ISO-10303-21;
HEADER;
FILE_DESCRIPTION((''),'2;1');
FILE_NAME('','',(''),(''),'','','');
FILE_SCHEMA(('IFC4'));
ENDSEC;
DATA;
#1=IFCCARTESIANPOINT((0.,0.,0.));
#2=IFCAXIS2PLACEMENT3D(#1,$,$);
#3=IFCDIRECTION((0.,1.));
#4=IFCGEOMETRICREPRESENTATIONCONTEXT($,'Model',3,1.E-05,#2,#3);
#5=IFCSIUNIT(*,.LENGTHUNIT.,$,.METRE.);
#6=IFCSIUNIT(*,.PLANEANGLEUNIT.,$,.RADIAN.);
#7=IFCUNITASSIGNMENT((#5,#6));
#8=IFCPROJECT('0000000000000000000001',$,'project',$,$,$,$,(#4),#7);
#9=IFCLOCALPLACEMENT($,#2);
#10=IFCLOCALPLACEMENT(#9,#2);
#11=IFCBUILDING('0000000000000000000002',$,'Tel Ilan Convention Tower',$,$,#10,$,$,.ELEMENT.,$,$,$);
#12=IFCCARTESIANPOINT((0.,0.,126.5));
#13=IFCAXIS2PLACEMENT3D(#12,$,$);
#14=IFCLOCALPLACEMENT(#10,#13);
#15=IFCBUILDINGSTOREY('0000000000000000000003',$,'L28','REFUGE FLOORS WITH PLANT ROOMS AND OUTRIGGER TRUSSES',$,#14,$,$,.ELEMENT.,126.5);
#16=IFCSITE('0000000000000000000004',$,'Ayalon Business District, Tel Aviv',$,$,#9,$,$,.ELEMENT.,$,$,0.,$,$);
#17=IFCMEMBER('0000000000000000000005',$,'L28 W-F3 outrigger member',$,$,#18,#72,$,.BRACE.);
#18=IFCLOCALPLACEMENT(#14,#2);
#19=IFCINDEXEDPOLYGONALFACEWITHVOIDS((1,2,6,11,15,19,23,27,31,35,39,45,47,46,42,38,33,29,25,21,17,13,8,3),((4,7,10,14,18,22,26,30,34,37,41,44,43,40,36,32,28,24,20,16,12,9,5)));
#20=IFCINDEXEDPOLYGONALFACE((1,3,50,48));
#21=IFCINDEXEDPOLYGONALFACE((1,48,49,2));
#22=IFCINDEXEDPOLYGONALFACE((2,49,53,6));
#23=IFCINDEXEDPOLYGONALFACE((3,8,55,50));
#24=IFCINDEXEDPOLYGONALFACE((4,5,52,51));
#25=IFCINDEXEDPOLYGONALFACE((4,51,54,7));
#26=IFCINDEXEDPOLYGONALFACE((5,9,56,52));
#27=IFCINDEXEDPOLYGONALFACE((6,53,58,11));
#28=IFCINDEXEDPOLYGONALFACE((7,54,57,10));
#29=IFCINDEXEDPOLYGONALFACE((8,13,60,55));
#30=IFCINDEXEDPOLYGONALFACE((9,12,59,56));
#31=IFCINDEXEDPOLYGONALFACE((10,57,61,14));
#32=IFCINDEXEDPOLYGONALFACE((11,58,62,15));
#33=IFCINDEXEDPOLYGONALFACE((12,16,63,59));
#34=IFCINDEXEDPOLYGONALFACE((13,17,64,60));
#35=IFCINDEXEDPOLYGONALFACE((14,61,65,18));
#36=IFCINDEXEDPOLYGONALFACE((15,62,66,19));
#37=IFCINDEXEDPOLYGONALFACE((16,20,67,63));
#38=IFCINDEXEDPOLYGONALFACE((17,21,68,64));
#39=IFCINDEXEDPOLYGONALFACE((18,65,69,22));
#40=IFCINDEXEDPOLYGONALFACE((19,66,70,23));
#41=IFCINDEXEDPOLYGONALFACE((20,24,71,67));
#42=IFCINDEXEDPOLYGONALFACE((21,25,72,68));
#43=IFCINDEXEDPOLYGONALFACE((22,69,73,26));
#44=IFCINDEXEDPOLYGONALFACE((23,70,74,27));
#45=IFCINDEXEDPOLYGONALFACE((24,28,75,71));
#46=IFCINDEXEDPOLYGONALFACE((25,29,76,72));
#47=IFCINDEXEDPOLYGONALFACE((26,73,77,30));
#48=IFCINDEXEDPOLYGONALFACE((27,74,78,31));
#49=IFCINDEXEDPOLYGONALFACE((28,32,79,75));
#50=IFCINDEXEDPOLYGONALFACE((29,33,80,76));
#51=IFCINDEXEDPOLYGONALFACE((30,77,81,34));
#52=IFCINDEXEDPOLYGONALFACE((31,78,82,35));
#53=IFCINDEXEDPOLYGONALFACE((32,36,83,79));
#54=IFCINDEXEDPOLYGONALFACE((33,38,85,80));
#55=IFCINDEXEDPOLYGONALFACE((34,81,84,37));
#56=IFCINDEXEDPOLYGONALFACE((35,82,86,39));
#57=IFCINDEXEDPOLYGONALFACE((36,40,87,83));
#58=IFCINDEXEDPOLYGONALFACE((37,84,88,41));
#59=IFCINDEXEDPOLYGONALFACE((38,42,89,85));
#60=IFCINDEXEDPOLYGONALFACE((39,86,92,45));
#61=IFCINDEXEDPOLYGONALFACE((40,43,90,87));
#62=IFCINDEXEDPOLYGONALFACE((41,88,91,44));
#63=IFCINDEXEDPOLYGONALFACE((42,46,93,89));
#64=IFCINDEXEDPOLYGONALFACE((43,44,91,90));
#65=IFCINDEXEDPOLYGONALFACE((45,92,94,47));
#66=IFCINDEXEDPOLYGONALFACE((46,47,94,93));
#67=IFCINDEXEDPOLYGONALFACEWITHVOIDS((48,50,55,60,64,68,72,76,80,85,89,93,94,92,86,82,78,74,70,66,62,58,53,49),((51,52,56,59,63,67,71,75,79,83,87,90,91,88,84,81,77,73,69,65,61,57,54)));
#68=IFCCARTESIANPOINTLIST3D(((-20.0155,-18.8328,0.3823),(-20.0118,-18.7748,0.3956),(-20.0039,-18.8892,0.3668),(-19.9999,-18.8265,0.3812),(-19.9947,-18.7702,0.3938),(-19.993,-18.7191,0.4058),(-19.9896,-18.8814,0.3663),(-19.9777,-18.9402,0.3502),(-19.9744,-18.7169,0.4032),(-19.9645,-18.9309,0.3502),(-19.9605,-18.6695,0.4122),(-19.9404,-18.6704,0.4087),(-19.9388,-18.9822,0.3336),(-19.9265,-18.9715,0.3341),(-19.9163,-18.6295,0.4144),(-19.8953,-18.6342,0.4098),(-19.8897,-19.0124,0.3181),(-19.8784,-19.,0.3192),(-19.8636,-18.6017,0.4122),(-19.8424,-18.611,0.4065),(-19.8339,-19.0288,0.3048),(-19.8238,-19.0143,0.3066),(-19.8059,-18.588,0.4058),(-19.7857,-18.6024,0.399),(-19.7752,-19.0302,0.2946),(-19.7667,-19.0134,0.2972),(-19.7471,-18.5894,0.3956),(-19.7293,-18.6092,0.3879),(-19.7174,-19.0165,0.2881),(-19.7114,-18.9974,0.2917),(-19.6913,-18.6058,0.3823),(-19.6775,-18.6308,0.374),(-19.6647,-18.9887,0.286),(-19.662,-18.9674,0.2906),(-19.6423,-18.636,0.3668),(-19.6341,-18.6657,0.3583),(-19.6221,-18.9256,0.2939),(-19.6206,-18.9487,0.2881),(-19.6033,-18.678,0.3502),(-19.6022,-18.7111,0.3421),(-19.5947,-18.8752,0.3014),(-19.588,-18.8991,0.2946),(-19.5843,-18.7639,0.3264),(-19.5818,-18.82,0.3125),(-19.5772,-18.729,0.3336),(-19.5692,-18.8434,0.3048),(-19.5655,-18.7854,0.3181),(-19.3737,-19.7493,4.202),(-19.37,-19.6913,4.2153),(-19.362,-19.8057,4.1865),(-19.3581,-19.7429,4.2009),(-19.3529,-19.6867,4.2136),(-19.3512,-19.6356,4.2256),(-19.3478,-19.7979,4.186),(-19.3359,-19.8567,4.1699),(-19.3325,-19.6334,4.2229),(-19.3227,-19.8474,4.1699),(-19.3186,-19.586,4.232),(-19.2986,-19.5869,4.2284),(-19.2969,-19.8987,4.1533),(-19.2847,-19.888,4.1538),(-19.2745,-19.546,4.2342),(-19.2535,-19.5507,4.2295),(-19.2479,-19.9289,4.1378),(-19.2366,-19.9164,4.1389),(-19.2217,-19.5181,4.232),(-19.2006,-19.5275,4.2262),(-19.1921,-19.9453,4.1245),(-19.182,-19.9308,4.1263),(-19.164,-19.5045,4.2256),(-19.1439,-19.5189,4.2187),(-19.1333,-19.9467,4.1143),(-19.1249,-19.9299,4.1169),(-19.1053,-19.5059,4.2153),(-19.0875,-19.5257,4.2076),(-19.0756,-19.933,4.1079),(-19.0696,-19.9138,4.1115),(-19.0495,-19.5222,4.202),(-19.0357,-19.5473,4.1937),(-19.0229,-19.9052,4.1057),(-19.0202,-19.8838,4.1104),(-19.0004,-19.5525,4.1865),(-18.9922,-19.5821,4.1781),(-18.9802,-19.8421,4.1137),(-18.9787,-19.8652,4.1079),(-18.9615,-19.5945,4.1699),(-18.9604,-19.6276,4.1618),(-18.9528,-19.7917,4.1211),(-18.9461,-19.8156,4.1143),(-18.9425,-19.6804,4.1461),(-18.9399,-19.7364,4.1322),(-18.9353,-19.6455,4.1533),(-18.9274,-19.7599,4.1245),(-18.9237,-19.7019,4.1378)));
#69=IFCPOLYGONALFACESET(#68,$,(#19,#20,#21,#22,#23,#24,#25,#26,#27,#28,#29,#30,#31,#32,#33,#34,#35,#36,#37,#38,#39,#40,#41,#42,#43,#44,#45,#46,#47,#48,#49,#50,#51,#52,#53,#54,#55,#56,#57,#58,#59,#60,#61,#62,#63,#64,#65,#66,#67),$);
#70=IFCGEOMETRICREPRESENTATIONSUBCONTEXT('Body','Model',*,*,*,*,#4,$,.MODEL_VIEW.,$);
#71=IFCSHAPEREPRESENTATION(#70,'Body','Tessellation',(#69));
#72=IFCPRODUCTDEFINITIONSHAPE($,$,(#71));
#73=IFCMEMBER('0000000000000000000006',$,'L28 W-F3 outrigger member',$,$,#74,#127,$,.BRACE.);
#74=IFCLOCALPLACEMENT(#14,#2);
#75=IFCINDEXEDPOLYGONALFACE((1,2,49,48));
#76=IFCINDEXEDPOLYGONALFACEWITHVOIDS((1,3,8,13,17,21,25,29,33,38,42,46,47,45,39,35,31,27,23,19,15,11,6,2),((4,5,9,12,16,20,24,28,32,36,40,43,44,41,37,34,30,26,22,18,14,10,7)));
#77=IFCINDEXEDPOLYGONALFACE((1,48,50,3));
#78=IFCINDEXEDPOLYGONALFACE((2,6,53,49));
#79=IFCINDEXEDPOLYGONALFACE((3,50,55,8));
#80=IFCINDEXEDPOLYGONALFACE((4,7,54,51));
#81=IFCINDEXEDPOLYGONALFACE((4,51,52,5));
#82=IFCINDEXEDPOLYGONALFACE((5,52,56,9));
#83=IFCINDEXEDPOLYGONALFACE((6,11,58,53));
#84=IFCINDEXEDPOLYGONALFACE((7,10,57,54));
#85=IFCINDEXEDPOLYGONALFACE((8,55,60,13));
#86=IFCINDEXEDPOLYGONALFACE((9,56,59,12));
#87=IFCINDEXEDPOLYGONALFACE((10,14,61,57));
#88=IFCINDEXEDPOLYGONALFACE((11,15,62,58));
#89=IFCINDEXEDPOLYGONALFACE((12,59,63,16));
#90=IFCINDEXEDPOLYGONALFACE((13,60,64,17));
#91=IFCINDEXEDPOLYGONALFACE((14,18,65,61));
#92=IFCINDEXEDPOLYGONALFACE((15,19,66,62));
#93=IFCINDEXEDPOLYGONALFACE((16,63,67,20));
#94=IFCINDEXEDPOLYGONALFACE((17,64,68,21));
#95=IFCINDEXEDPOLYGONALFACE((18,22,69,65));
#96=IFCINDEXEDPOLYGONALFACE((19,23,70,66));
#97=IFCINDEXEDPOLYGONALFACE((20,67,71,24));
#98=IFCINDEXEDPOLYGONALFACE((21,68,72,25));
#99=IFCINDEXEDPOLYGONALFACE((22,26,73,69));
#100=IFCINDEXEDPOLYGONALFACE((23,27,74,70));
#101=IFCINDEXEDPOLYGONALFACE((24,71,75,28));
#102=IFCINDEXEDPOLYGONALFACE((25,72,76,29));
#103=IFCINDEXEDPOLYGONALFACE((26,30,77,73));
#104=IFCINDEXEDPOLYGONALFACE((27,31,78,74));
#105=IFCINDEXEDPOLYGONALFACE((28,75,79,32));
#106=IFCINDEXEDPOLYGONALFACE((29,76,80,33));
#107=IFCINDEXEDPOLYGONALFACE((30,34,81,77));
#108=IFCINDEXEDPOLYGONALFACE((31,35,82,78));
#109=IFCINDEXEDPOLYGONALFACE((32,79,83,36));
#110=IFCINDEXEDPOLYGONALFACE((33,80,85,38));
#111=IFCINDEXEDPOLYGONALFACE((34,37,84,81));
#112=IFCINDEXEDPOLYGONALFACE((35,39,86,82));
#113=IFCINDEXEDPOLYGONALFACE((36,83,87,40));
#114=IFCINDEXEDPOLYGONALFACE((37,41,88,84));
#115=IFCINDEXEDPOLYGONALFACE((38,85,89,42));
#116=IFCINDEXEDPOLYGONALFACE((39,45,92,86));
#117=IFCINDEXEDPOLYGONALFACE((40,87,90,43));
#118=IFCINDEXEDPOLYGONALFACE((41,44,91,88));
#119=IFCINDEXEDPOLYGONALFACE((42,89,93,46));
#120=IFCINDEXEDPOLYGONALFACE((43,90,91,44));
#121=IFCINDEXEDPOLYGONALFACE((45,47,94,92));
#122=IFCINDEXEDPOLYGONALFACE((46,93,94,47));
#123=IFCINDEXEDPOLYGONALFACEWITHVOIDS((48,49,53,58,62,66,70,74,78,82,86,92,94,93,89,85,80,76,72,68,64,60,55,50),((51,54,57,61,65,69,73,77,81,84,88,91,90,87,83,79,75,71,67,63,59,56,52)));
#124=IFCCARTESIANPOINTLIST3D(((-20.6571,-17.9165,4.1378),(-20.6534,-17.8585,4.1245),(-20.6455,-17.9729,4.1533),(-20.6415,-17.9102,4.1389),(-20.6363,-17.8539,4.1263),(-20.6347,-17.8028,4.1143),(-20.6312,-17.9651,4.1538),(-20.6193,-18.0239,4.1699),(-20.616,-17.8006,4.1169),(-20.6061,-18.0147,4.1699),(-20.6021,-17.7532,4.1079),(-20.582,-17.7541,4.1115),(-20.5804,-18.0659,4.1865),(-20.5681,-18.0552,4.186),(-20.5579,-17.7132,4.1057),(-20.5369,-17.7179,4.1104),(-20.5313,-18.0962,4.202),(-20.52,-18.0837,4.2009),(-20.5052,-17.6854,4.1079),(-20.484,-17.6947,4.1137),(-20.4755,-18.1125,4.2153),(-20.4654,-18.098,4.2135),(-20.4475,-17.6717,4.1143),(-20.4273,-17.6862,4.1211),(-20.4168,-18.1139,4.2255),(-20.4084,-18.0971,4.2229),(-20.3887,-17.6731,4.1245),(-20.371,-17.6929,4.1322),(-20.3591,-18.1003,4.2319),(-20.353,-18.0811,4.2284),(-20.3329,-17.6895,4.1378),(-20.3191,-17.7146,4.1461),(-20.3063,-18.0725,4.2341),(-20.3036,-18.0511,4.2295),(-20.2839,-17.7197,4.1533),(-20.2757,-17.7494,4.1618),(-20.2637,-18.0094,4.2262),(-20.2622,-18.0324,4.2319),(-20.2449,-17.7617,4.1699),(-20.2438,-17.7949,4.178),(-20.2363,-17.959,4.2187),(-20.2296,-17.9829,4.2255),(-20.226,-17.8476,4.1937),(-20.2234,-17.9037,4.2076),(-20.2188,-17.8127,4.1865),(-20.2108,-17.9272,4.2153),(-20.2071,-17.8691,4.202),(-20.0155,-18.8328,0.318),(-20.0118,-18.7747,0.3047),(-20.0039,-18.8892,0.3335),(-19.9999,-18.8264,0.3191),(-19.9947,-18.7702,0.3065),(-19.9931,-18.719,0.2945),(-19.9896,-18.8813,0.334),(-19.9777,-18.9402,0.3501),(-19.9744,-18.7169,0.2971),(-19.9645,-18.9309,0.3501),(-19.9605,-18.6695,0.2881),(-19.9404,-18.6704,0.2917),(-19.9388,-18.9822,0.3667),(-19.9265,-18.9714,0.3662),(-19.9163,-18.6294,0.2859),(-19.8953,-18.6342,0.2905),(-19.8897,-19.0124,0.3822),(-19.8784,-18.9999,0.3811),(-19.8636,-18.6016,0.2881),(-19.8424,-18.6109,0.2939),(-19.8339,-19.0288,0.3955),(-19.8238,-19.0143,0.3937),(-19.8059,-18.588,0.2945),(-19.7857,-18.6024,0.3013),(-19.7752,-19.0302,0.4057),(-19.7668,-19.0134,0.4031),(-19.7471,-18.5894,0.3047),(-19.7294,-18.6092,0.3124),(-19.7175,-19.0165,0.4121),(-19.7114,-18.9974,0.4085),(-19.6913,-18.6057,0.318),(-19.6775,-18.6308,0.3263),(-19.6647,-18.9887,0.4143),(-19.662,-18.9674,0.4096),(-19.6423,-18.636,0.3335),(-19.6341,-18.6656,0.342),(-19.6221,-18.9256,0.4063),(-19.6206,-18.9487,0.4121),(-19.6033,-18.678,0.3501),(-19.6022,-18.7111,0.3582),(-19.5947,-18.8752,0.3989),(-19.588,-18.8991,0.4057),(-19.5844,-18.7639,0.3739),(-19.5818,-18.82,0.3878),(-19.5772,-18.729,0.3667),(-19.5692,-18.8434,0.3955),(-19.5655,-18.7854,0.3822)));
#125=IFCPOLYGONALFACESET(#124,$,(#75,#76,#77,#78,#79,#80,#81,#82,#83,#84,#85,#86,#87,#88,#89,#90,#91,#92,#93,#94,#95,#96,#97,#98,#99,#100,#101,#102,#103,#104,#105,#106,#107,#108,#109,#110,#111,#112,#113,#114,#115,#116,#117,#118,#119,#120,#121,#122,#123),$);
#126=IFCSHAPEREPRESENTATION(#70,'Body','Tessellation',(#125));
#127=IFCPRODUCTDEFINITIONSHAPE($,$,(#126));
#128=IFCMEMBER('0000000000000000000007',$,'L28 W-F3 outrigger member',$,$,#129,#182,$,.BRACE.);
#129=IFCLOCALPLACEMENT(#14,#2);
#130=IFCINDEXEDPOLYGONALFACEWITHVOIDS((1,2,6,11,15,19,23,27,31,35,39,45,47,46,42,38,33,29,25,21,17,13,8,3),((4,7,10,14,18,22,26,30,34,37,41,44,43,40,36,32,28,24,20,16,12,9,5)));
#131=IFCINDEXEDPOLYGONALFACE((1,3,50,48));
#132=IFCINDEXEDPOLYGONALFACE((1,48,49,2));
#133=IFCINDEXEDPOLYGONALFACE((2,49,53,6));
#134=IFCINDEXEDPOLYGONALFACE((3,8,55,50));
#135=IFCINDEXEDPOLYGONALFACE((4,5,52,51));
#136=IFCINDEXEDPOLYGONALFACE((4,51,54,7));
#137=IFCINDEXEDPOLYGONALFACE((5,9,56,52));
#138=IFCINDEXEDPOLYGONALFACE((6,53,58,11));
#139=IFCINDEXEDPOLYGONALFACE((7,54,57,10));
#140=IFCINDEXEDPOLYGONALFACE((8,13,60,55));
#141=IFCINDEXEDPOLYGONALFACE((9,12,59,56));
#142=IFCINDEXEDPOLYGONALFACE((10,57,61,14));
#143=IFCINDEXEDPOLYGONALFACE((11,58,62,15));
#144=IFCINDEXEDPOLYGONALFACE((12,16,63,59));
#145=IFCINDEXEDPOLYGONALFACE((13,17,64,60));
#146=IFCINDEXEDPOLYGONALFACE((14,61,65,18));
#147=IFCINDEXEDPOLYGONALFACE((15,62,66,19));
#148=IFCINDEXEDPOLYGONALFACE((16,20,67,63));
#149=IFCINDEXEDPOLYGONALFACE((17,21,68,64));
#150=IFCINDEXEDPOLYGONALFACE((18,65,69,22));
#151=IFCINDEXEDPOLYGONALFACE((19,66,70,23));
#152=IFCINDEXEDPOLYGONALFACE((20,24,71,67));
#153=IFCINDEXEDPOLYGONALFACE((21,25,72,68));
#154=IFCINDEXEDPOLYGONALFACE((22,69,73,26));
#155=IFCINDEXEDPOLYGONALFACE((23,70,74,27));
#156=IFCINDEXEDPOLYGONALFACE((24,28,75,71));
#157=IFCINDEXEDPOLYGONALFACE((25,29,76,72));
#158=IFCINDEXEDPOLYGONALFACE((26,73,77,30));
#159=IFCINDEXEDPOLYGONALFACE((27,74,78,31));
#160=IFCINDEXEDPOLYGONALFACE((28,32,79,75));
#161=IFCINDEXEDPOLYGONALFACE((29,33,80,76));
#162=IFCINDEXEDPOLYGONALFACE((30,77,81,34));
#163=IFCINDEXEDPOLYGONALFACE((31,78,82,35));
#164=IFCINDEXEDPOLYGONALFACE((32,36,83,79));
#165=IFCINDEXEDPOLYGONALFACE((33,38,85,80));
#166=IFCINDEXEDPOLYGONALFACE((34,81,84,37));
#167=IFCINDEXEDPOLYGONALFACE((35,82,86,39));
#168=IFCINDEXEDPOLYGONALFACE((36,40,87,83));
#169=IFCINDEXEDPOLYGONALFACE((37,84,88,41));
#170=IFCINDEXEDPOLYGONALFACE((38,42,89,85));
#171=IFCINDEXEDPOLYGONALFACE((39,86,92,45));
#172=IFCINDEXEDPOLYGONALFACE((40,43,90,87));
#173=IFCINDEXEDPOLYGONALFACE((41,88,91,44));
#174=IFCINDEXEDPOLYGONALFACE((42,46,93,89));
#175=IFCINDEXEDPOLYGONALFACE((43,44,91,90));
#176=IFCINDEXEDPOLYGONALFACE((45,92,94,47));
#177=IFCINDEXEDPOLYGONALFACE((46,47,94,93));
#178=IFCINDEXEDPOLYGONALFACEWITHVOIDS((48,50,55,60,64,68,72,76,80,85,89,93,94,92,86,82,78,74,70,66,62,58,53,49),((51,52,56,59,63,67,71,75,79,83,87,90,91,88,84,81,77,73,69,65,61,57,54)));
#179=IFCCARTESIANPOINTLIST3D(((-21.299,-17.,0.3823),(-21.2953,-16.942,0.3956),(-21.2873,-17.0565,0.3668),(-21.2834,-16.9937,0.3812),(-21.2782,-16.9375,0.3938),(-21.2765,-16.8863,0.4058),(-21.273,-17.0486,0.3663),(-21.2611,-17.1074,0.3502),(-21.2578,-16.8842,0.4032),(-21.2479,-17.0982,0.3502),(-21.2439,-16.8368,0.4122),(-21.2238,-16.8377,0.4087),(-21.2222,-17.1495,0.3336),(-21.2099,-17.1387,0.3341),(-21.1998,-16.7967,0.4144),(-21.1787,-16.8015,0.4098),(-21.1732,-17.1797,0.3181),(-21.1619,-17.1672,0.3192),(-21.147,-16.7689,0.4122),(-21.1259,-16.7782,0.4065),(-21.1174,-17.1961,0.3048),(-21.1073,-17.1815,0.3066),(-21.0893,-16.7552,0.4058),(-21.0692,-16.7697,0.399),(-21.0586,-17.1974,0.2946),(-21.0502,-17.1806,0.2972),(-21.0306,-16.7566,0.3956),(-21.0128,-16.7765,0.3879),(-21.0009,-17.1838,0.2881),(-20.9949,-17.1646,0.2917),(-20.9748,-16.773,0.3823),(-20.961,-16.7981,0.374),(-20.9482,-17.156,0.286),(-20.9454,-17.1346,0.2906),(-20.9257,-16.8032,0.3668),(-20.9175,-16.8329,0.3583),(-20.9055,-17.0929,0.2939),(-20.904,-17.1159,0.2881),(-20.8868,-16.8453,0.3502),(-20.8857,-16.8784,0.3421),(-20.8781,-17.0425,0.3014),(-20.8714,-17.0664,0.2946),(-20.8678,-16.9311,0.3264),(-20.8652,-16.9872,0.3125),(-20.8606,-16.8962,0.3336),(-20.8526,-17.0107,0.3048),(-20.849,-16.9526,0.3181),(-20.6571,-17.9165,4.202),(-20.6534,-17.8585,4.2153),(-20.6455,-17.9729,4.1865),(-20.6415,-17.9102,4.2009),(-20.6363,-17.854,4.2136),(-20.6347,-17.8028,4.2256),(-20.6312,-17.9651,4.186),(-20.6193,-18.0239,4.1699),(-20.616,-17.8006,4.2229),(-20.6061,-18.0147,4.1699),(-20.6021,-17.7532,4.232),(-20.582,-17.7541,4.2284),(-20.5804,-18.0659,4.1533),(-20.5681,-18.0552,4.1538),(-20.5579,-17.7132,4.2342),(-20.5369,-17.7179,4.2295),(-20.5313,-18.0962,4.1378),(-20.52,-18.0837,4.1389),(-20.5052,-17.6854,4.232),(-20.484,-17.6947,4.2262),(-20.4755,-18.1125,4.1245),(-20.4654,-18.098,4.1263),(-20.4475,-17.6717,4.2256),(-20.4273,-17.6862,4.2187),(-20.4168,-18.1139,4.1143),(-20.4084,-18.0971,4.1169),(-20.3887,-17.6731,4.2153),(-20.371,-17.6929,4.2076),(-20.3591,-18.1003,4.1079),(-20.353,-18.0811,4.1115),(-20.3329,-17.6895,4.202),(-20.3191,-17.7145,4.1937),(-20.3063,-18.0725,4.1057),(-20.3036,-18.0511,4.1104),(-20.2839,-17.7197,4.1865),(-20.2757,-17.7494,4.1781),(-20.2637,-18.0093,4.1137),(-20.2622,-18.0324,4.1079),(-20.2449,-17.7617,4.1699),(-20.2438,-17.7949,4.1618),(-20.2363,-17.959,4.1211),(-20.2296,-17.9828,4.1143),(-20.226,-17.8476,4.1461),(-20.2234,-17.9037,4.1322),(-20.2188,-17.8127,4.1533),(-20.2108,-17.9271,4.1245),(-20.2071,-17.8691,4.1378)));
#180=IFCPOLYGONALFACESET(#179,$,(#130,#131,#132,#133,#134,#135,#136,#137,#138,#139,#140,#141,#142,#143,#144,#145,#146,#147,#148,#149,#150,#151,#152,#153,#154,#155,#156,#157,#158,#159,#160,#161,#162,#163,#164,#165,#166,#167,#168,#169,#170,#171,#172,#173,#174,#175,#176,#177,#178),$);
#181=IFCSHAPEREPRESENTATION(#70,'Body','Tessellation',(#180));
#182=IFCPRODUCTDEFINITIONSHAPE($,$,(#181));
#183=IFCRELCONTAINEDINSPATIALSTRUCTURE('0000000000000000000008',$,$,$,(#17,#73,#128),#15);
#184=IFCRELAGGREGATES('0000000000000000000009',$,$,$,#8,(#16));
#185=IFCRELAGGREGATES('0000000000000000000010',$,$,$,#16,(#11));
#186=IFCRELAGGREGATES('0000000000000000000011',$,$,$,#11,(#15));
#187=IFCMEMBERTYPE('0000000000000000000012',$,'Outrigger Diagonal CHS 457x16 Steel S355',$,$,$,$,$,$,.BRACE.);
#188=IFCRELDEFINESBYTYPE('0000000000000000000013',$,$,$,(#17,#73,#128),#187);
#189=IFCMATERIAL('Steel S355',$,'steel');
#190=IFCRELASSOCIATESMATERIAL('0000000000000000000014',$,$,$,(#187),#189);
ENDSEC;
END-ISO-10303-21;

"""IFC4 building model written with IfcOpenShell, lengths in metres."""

from ifc_helpers import new_model, si_unit, direction, frame, origin, origin_2d, place, context, subcontext, project, spatial, hollow_circle, extrude, material, material_profile, profile_set, type_object, element, save


model = new_model("IFC4")

# Units and contexts
model_context = context("Model", 3, precision=1e-05, world=origin(), true_north=direction((0.0, 1.0)))
body_context = subcontext(model_context, "Body", "Model", "MODEL_VIEW")
ifc_project = project(units=[si_unit("LENGTHUNIT", "METRE"), si_unit("PLANEANGLEUNIT", "RADIAN")], contexts=[model_context])

# Site, building, storey
site_placement = place(None, origin())
site = spatial("IfcSite", under=ifc_project, at=site_placement, Name="Ayalon Business District, Tel Aviv", CompositionType="ELEMENT", RefElevation=0.0)
building_placement = place(site_placement, origin())
building = spatial("IfcBuilding", under=site, at=building_placement, Name="Tel Ilan Convention Tower", CompositionType="ELEMENT")
storey_placement = place(building_placement, frame((0.0, 0.0, 126.5)))
storey = spatial("IfcBuildingStorey", under=building, at=storey_placement, Name="L28", Description="REFUGE FLOORS WITH PLANT ROOMS AND OUTRIGGER TRUSSES", CompositionType="ELEMENT", Elevation=126.5)

# Members
ifc_material_1 = material(Name="Steel S355", Category="steel")
ifc_material_profile_1 = material_profile(ifc_material_1, hollow_circle(Radius=0.2285, WallThickness=0.0161, at=origin_2d()), Name="CHS 457x16")
ifc_profile_set_1 = profile_set([ifc_material_profile_1], Name="Steel S355")
member_type_1 = type_object("IfcMemberType", Name="Outrigger Diagonal CHS 457x16 Steel S355", PredefinedType="BRACE", material=ifc_profile_set_1)
for number, where, z_axis, x_axis, name in (
    (1, (-19.1487, -19.7256, 4.1699), (-0.161255, 0.230258, -0.959676), (-0.819109, -0.573638, 0.0), "L28 W-F3 outrigger member"),
    (2, (-19.7905, -18.8091, 0.3501), (-0.161197, 0.230203, 0.959699), (-0.81914, -0.573594, 0.0), "L28 W-F3 outrigger member"),
    (3, (-20.4321, -17.8928, 4.1699), (-0.161255, 0.230258, -0.959676), (-0.819109, -0.573638, 0.0), "L28 W-F3 outrigger member"),
):
    element("IfcMember", number, at=place(storey_placement, frame(where, z_axis=z_axis, x_axis=x_axis)), inside=storey, type_object=member_type_1, Name=name, PredefinedType="BRACE", context=body_context, shape_type="SweptSolid", body=[
        extrude(hollow_circle(Radius=0.2285, WallThickness=0.0161, at=origin_2d()), origin(), (0.0, 0.0, 1.0), 3.9802),
    ])

save(model, "model.ifc")
